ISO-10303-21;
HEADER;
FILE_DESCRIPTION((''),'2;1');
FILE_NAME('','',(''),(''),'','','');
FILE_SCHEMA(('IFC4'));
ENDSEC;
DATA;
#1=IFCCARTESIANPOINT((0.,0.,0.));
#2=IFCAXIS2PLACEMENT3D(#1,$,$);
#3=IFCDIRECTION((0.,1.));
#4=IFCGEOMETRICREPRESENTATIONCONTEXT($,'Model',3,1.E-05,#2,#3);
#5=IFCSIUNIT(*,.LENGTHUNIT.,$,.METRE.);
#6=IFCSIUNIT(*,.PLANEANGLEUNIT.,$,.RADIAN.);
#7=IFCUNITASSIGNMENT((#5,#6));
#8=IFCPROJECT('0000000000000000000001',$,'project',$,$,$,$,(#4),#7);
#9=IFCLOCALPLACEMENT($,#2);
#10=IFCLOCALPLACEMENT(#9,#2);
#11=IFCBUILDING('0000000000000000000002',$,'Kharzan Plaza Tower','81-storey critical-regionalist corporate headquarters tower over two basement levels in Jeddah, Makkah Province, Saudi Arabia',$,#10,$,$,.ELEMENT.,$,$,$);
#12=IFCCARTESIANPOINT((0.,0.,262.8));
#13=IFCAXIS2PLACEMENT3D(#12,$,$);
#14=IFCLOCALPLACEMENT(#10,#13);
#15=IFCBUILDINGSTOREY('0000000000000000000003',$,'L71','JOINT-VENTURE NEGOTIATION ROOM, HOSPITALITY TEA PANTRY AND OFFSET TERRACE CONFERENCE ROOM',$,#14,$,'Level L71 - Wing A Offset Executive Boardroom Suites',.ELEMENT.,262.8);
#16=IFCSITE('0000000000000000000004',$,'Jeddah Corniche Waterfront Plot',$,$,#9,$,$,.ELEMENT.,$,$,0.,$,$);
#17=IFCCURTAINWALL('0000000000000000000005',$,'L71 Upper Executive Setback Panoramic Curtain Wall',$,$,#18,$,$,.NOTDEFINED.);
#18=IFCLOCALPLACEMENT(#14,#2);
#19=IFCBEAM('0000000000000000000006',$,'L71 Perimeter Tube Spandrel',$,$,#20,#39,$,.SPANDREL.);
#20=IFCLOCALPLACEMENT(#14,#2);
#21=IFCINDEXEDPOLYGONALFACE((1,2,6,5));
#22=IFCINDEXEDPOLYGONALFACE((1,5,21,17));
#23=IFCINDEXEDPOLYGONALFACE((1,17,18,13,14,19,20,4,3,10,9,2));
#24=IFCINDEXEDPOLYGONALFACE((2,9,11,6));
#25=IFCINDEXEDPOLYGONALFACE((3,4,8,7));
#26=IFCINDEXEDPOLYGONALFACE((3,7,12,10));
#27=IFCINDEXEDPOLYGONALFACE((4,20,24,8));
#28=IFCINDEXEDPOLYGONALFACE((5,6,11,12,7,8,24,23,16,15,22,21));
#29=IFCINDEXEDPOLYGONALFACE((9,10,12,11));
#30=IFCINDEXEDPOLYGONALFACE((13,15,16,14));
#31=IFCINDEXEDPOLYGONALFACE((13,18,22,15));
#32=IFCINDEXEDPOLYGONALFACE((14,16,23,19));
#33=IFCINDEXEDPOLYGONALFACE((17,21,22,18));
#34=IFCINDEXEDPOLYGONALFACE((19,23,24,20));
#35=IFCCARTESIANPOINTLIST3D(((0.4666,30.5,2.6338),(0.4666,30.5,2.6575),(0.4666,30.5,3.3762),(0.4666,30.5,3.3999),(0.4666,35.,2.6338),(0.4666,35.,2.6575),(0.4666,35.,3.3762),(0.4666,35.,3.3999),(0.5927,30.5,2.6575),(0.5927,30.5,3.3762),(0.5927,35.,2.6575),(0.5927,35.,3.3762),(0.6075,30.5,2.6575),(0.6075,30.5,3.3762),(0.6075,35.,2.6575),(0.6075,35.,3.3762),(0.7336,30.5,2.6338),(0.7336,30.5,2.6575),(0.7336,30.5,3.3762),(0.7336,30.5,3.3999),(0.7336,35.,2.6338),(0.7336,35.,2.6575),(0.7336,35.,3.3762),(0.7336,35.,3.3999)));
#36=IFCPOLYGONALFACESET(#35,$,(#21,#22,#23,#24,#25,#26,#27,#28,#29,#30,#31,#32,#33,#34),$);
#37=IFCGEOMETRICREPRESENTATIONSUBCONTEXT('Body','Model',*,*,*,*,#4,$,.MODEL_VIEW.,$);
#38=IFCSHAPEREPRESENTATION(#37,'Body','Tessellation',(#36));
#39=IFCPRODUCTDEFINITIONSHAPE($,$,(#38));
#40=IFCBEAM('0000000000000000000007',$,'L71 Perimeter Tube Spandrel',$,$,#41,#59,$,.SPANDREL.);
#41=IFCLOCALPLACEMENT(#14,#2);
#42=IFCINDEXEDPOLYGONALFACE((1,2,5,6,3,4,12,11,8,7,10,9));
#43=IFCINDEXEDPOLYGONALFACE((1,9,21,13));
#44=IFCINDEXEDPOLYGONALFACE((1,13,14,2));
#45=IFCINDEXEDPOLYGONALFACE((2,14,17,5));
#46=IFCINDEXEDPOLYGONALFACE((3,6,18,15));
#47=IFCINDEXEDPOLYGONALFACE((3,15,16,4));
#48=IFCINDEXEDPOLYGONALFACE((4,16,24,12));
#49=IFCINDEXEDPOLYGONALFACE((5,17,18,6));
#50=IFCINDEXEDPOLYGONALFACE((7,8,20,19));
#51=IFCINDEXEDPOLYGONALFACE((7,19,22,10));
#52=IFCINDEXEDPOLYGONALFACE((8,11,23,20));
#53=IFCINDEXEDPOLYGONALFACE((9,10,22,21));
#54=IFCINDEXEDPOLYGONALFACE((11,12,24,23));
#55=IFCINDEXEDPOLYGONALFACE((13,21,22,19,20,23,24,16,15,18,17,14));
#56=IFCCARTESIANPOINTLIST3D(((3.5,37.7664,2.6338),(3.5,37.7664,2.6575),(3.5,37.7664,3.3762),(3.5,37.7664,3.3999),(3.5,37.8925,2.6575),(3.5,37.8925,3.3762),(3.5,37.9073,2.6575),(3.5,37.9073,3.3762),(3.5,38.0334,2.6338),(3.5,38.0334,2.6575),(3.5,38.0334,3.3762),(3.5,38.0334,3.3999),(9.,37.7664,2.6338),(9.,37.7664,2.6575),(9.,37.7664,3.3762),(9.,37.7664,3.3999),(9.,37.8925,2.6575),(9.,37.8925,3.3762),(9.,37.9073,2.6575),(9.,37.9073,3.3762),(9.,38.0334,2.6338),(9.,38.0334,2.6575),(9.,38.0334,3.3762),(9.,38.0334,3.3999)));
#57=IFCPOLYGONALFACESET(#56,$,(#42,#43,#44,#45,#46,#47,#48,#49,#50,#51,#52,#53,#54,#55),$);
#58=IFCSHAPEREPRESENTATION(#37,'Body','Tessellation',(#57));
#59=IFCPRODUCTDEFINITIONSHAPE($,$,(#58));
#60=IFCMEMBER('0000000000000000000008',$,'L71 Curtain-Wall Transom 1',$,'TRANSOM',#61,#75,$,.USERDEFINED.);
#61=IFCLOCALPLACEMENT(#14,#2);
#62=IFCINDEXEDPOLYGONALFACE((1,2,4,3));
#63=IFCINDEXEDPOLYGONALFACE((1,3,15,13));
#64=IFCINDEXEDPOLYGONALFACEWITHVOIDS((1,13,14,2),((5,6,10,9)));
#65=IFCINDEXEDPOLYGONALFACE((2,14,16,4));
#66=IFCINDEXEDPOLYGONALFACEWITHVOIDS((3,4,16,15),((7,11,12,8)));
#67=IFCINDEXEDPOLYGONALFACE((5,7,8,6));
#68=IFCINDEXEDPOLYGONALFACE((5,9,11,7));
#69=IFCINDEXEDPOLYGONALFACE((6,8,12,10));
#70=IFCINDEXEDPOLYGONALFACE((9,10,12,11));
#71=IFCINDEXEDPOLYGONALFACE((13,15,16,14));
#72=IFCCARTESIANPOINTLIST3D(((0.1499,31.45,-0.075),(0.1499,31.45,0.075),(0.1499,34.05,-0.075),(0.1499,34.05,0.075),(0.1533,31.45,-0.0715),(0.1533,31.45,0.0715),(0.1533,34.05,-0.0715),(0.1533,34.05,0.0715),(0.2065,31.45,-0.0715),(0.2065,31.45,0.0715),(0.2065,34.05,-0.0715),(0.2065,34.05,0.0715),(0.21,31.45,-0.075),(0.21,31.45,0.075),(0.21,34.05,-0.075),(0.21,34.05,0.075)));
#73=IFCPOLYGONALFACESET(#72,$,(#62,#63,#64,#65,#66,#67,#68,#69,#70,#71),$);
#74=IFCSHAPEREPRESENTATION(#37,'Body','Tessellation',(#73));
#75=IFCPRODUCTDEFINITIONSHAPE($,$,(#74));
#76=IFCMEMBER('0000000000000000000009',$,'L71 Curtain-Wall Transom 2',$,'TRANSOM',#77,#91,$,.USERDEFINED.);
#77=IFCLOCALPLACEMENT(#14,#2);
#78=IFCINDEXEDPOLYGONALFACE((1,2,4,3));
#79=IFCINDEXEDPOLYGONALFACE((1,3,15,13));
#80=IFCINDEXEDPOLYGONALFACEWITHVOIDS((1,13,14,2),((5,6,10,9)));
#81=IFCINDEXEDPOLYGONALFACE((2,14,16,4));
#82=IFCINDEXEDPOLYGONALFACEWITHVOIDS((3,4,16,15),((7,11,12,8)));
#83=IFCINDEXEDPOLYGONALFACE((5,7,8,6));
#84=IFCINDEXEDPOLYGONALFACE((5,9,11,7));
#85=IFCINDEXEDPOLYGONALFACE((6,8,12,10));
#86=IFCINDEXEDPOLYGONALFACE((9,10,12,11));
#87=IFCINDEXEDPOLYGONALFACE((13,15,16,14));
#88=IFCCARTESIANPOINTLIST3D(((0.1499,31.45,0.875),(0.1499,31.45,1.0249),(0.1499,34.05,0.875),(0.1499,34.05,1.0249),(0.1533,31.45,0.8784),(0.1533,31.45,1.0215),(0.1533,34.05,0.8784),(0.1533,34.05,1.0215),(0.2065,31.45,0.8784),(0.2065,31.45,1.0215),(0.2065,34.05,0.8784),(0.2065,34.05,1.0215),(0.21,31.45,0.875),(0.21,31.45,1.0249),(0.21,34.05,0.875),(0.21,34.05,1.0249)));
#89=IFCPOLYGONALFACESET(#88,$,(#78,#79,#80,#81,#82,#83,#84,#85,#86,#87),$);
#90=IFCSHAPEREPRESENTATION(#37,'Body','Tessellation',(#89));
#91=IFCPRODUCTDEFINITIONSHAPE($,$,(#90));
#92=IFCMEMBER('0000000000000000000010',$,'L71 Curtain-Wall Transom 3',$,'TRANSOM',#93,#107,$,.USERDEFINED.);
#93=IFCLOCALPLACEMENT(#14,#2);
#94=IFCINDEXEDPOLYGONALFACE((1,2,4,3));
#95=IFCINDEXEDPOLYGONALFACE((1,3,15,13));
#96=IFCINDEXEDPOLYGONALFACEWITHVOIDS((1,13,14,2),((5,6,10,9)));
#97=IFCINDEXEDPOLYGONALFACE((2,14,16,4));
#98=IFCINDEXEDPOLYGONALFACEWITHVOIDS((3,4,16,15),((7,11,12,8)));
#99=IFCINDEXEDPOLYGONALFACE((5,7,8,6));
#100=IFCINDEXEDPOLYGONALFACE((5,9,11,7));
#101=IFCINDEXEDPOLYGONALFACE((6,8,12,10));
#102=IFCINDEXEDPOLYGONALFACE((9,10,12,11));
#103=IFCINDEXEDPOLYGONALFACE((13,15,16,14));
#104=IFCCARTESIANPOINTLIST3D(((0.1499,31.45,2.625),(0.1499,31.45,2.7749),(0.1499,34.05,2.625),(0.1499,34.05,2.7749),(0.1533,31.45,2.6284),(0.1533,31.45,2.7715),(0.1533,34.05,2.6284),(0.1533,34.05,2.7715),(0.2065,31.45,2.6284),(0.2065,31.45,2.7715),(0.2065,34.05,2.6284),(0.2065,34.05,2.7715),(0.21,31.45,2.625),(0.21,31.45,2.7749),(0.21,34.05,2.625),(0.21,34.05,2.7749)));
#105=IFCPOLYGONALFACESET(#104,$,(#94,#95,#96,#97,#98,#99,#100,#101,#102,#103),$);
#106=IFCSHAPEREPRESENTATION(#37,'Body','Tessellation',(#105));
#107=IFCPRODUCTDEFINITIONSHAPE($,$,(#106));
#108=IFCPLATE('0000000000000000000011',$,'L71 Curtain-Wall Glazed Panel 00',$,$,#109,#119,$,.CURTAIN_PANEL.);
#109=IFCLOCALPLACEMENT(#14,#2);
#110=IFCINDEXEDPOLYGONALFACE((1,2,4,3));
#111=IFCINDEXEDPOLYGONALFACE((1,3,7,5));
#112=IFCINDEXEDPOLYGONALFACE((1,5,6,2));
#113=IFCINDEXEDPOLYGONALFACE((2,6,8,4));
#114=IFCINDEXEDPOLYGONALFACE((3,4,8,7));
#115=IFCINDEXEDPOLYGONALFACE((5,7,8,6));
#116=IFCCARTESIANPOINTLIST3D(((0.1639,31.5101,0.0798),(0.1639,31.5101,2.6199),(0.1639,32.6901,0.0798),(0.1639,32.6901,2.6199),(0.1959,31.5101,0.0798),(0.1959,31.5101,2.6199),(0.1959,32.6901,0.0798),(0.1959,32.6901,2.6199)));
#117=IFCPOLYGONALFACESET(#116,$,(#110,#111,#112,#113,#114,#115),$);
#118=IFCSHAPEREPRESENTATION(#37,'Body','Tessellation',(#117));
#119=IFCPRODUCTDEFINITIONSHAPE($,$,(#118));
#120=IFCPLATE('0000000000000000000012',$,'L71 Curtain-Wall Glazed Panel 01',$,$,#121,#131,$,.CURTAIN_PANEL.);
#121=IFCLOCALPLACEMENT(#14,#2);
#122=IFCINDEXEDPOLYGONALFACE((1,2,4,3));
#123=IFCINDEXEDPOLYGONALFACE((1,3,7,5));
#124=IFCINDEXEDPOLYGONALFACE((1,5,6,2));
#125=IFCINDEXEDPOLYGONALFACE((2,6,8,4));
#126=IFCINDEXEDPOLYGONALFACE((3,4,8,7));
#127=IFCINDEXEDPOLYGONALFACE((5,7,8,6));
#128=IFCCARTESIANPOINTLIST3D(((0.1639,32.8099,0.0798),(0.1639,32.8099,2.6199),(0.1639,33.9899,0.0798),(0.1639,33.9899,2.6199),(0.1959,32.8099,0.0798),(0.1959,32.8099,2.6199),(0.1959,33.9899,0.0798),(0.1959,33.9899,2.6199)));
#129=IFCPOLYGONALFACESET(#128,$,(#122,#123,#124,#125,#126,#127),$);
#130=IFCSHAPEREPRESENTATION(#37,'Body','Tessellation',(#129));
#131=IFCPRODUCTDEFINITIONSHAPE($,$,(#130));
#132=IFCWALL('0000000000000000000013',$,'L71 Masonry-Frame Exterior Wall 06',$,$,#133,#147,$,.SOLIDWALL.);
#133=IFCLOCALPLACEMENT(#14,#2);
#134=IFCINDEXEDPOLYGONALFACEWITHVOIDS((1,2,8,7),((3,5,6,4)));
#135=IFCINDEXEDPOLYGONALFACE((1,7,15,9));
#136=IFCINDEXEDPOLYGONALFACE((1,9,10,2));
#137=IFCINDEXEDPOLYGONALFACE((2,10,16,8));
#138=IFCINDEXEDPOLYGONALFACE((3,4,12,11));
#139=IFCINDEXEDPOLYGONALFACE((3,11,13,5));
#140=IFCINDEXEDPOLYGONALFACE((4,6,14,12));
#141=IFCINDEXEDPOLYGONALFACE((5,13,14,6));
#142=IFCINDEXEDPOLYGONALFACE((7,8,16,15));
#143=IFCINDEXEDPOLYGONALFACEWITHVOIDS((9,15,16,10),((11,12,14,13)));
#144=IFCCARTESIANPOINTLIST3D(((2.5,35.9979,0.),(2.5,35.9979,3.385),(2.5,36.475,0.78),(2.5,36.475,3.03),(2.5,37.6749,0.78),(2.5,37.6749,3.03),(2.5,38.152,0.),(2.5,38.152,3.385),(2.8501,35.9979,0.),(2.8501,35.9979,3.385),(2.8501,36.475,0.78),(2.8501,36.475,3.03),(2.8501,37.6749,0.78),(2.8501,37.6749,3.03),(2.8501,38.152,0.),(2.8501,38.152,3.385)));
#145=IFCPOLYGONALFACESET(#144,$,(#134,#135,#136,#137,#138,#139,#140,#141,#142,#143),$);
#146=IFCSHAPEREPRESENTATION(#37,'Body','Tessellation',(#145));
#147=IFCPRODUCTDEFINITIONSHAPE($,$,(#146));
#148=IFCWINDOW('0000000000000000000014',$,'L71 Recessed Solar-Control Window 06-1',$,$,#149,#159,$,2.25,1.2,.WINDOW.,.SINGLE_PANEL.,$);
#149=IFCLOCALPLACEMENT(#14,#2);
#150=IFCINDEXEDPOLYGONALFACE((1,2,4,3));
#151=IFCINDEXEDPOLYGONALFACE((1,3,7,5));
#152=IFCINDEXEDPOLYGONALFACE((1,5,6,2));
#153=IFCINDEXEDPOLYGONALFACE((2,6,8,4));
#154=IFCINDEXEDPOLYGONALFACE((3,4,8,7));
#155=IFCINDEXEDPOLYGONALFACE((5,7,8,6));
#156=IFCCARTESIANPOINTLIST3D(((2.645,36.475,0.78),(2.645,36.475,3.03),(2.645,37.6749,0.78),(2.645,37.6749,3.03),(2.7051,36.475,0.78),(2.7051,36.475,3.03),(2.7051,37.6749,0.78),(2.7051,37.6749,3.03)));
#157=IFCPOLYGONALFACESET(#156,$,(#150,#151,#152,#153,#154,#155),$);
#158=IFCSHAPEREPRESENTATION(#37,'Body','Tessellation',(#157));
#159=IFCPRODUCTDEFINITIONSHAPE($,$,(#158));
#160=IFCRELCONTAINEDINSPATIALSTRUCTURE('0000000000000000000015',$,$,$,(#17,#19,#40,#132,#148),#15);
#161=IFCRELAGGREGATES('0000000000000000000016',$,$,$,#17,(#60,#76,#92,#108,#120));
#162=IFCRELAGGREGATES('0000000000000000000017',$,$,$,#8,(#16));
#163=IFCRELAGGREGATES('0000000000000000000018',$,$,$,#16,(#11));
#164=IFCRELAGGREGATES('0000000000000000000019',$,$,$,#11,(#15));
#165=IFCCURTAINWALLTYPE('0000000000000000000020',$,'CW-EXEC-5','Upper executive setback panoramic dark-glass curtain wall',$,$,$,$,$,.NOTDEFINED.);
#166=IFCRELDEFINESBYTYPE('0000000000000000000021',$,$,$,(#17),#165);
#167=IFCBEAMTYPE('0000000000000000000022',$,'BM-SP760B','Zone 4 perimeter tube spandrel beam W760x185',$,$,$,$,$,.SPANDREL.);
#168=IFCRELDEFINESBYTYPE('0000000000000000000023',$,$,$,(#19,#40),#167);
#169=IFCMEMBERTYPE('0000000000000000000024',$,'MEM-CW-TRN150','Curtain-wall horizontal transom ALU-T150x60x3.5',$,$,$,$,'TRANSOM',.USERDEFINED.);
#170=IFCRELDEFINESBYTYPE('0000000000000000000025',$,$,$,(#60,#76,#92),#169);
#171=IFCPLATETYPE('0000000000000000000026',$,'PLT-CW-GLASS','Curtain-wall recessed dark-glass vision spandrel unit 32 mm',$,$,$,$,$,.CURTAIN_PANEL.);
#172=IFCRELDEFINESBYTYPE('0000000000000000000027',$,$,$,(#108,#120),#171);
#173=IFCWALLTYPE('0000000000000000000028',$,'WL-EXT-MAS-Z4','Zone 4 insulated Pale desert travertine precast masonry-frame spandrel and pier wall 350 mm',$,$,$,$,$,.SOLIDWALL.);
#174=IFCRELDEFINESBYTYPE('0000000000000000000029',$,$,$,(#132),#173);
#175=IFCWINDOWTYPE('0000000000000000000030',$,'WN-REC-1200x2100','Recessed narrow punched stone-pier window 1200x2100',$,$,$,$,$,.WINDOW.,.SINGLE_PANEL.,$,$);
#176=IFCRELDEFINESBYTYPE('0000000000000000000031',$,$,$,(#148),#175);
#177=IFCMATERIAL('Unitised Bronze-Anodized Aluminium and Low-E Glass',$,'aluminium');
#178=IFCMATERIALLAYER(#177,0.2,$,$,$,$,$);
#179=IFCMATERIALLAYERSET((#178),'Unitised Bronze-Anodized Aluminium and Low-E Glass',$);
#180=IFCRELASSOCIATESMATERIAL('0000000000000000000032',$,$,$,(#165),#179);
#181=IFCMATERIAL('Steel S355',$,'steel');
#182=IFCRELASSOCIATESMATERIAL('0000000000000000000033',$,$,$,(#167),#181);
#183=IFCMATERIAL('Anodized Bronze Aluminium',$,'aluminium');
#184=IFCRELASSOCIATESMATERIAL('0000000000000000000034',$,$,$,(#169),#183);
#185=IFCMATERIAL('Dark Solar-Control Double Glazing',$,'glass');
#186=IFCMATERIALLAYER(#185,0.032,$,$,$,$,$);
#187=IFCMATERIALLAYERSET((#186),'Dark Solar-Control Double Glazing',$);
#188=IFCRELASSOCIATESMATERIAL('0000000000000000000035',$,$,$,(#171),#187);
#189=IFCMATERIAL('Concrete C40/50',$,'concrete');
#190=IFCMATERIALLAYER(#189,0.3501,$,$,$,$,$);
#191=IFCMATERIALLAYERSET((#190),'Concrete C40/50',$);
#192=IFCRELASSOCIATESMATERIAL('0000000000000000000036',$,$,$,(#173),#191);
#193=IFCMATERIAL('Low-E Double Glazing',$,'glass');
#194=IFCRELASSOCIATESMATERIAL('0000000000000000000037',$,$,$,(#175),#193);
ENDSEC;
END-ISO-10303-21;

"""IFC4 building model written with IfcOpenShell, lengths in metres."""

from ifc_helpers import new_model, si_unit, direction, frame, frame_2d, origin, origin_2d, place, context, subcontext, project, spatial, rectangle, hollow_rectangle, i_section, extrude, source, transform, mapped, material, layer, layer_set, material_profile, profile_set, type_object, element, fill, aggregate, save


model = new_model("IFC4")

# Units and contexts
model_context = context("Model", 3, precision=1e-05, world=origin(), true_north=direction((0.0, 1.0)))
body_context = subcontext(model_context, "Body", "Model", "MODEL_VIEW")
ifc_project = project(units=[si_unit("LENGTHUNIT", "METRE"), si_unit("PLANEANGLEUNIT", "RADIAN")], contexts=[model_context])

# Site, building, storey
site_placement = place(None, origin())
site = spatial("IfcSite", under=ifc_project, at=site_placement, Name="Jeddah Corniche Waterfront Plot", CompositionType="ELEMENT", RefElevation=0.0)
building_placement = place(site_placement, origin())
building = spatial("IfcBuilding", under=site, at=building_placement, Name="Kharzan Plaza Tower", Description="81-storey critical-regionalist corporate headquarters tower over two basement levels in Jeddah, Makkah Province, Saudi Arabia", CompositionType="ELEMENT")
storey_placement = place(building_placement, frame((0.0, 0.0, 262.8)))
storey = spatial("IfcBuildingStorey", under=building, at=storey_placement, Name="L71", Description="JOINT-VENTURE NEGOTIATION ROOM, HOSPITALITY TEA PANTRY AND OFFSET TERRACE CONFERENCE ROOM", LongName="Level L71 - Wing A Offset Executive Boardroom Suites", CompositionType="ELEMENT", Elevation=262.8)

# Shared definitions
ifc_material_1 = material(Name="Steel S355", Category="steel")

# Curtain wall
ifc_material_2 = material(Name="Unitised Bronze-Anodized Aluminium and Low-E Glass", Category="aluminium")
ifc_layer_1 = layer(ifc_material_2, 0.2)
ifc_layer_set_1 = layer_set([ifc_layer_1], Name="Unitised Bronze-Anodized Aluminium and Low-E Glass")
curtain_wall_type = type_object("IfcCurtainWallType", Name="CW-EXEC-5", Description="Upper executive setback panoramic dark-glass curtain wall", PredefinedType="NOTDEFINED", material=ifc_layer_set_1)
curtain_wall_placement = place(storey_placement, origin())
curtain_wall = element("IfcCurtainWall", 1, at=curtain_wall_placement, inside=storey, type_object=curtain_wall_type, Name="L71 Upper Executive Setback Panoramic Curtain Wall", PredefinedType="NOTDEFINED")
ifc_material_3 = material(Name="Anodized Bronze Aluminium", Category="aluminium")

# Beams
ifc_material_profile_1 = material_profile(ifc_material_1, i_section(OverallWidth=0.2671, OverallDepth=0.7661, WebThickness=0.0149, FlangeThickness=0.0237, at=origin_2d()), Name="W760x185")
ifc_profile_set_1 = profile_set([ifc_material_profile_1], Name="Steel S355")
beam_type_1 = type_object("IfcBeamType", Name="BM-SP760B", Description="Zone 4 perimeter tube spandrel beam W760x185", PredefinedType="SPANDREL", material=ifc_profile_set_1)
shared_shape_1 = source(origin(), body_context, "Body", "SweptSolid", [
    extrude(i_section(OverallWidth=0.2671, OverallDepth=0.7661, WebThickness=0.0149, FlangeThickness=0.0237, at=origin_2d()), origin(), (0.0, 0.0, 1.0), 4.5),
])
beam_1_placement = place(storey_placement, frame((0.6001, 30.5, 3.0168), z_axis=(0.0, 1.0, 0.0), x_axis=(-1.0, 0.0, 0.0)))
element("IfcBeam", 2, at=beam_1_placement, inside=storey, type_object=beam_type_1, Name="L71 Perimeter Tube Spandrel", PredefinedType="SPANDREL", context=body_context, shape_type="MappedRepresentation", body=[
    mapped(shared_shape_1, transform((0.0, 0.0, 0.0), x_axis=(1.0, 0.0, 0.0), y_axis=(0.0, 1.0, 0.0), z_axis=(0.0, 0.0, 1.0))),
])
shared_shape_2 = source(origin(), body_context, "Body", "SweptSolid", [
    extrude(i_section(OverallWidth=0.2671, OverallDepth=0.7661, WebThickness=0.0149, FlangeThickness=0.0237, at=origin_2d()), origin(), (0.0, 0.0, 1.0), 5.5),
])
beam_2_placement = place(storey_placement, frame((3.5, 37.8999, 3.0168), z_axis=(1.0, 0.0, 0.0), x_axis=(0.0, 1.0, 0.0)))
element("IfcBeam", 3, at=beam_2_placement, inside=storey, type_object=beam_type_1, Name="L71 Perimeter Tube Spandrel", PredefinedType="SPANDREL", context=body_context, shape_type="MappedRepresentation", body=[
    mapped(shared_shape_2, transform((0.0, 0.0, 0.0), x_axis=(1.0, 0.0, 0.0), y_axis=(0.0, 1.0, 0.0), z_axis=(0.0, 0.0, 1.0))),
])

# Members
ifc_material_profile_2 = material_profile(ifc_material_3, hollow_rectangle(XDim=0.0601, YDim=0.1499, WallThickness=0.0034, at=origin_2d()), Name="ALU-T150x60x3.5")
ifc_profile_set_2 = profile_set([ifc_material_profile_2], Name="Anodized Bronze Aluminium")
member_type_1 = type_object("IfcMemberType", Name="MEM-CW-TRN150", Description="Curtain-wall horizontal transom ALU-T150x60x3.5", ElementType="TRANSOM", PredefinedType="USERDEFINED", material=ifc_profile_set_2)
shared_shape_3 = source(origin(), body_context, "Body", "SweptSolid", [
    extrude(hollow_rectangle(XDim=0.0601, YDim=0.1499, WallThickness=0.0034, at=origin_2d()), origin(), (0.0, 0.0, 1.0), 2.6001),
])
member_1_placement = place(storey_placement, frame((0.1799, 31.45, 0.0), z_axis=(0.0, 1.0, 0.0), x_axis=(-1.0, 0.0, 0.0)))
member_1 = element("IfcMember", 4, at=member_1_placement, type_object=member_type_1, Name="L71 Curtain-Wall Transom 1", ObjectType="TRANSOM", PredefinedType="USERDEFINED", context=body_context, shape_type="MappedRepresentation", body=[
    mapped(shared_shape_3, transform((0.0, 0.0, 0.0), x_axis=(1.0, 0.0, 0.0), y_axis=(0.0, 1.0, 0.0), z_axis=(0.0, 0.0, 1.0))),
])
member_2_placement = place(storey_placement, frame((0.1799, 31.45, 0.95), z_axis=(0.0, 1.0, 0.0), x_axis=(-1.0, 0.0, 0.0)))
member_2 = element("IfcMember", 5, at=member_2_placement, type_object=member_type_1, Name="L71 Curtain-Wall Transom 2", ObjectType="TRANSOM", PredefinedType="USERDEFINED", context=body_context, shape_type="MappedRepresentation", body=[
    mapped(shared_shape_3, transform((0.0, 0.0, 0.0), x_axis=(1.0, 0.0, 0.0), y_axis=(0.0, 1.0, 0.0), z_axis=(0.0, 0.0, 1.0))),
])
member_3_placement = place(storey_placement, frame((0.1799, 31.45, 2.7), z_axis=(0.0, 1.0, 0.0), x_axis=(-1.0, 0.0, 0.0)))
member_3 = element("IfcMember", 6, at=member_3_placement, type_object=member_type_1, Name="L71 Curtain-Wall Transom 3", ObjectType="TRANSOM", PredefinedType="USERDEFINED", context=body_context, shape_type="MappedRepresentation", body=[
    mapped(shared_shape_3, transform((0.0, 0.0, 0.0), x_axis=(1.0, 0.0, 0.0), y_axis=(0.0, 1.0, 0.0), z_axis=(0.0, 0.0, 1.0))),
])

# Plates
ifc_material_4 = material(Name="Dark Solar-Control Double Glazing", Category="glass")
ifc_layer_2 = layer(ifc_material_4, 0.032)
ifc_layer_set_2 = layer_set([ifc_layer_2], Name="Dark Solar-Control Double Glazing")
plate_type = type_object("IfcPlateType", Name="PLT-CW-GLASS", Description="Curtain-wall recessed dark-glass vision spandrel unit 32 mm", PredefinedType="CURTAIN_PANEL", material=ifc_layer_set_2)
shared_shape_4 = source(origin(), body_context, "Body", "SweptSolid", [
    extrude(rectangle(XDim=1.1799, YDim=0.032, at=origin_2d()), origin(), (0.0, 0.0, 1.0), 2.54),
])
plate_1_placement = place(storey_placement, frame((0.1799, 32.1001, 0.0798), z_axis=(0.0, 0.0, 1.0), x_axis=(0.0, 1.0, 0.0)))
plate_1 = element("IfcPlate", 7, at=plate_1_placement, type_object=plate_type, Name="L71 Curtain-Wall Glazed Panel 00", PredefinedType="CURTAIN_PANEL", context=body_context, shape_type="MappedRepresentation", body=[
    mapped(shared_shape_4, transform((0.0, 0.0, 0.0), x_axis=(1.0, 0.0, 0.0), y_axis=(0.0, 1.0, 0.0), z_axis=(0.0, 0.0, 1.0))),
])
plate_2_placement = place(storey_placement, frame((0.1799, 33.3999, 0.0798), z_axis=(0.0, 0.0, 1.0), x_axis=(0.0, 1.0, 0.0)))
plate_2 = element("IfcPlate", 8, at=plate_2_placement, type_object=plate_type, Name="L71 Curtain-Wall Glazed Panel 01", PredefinedType="CURTAIN_PANEL", context=body_context, shape_type="MappedRepresentation", body=[
    mapped(shared_shape_4, transform((0.0, 0.0, 0.0), x_axis=(1.0, 0.0, 0.0), y_axis=(0.0, 1.0, 0.0), z_axis=(0.0, 0.0, 1.0))),
])
aggregate(curtain_wall, [member_1, member_2, member_3, plate_1, plate_2])

# Wall, opening, window
ifc_material_5 = material(Name="Concrete C40/50", Category="concrete")
ifc_layer_3 = layer(ifc_material_5, 0.3501)
ifc_layer_set_3 = layer_set([ifc_layer_3], Name="Concrete C40/50")
wall_type_1 = type_object("IfcWallType", Name="WL-EXT-MAS-Z4", Description="Zone 4 insulated Pale desert travertine precast masonry-frame spandrel and pier wall 350 mm", PredefinedType="SOLIDWALL", material=ifc_layer_set_3)
wall_1_placement = place(storey_placement, frame((2.675, 38.1521, 0.0), z_axis=(0.0, 0.0, 1.0), x_axis=(0.0, -1.0, 0.0)))
wall_1 = element("IfcWall", 9, at=wall_1_placement, inside=storey, type_object=wall_type_1, Name="L71 Masonry-Frame Exterior Wall 06", PredefinedType="SOLIDWALL", context=body_context, shape_type="SweptSolid", body=[
    extrude(rectangle(XDim=2.1541, YDim=0.3501, at=frame_2d((1.0771, 0.0))), origin(), (0.0, 0.0, 1.0), 3.385),
])
opening_1_placement = place(wall_1_placement, frame((0.4771, 0.0, 0.78)))
opening_1 = element("IfcOpeningElement", 10, at=opening_1_placement, cuts=wall_1, PredefinedType="OPENING", context=body_context, shape_type="SweptSolid", body=[
    extrude(rectangle(XDim=1.2, YDim=2.25, at=frame_2d((0.6001, 1.125))), frame((0.0, 0.1851, 0.0), z_axis=(0.0, -1.0, 0.0), x_axis=(1.0, 0.0, 0.0)), (0.0, 0.0, 1.0), 0.3701),
])
ifc_material_6 = material(Name="Low-E Double Glazing", Category="glass")
window_type = type_object("IfcWindowType", Name="WN-REC-1200x2100", Description="Recessed narrow punched stone-pier window 1200x2100", PartitioningType="SINGLE_PANEL", PredefinedType="WINDOW", material=ifc_material_6)
shared_shape_5 = source(origin(), body_context, "Body", "SweptSolid", [
    extrude(rectangle(XDim=1.2, YDim=2.25, at=frame_2d((0.6001, 1.125))), frame((0.0, 0.03, 0.0), z_axis=(0.0, -1.0, 0.0), x_axis=(1.0, 0.0, 0.0)), (0.0, 0.0, 1.0), 0.0601),
])
window_1_placement = place(opening_1_placement, origin())
window_1 = element("IfcWindow", 11, at=window_1_placement, inside=storey, type_object=window_type, Name="L71 Recessed Solar-Control Window 06-1", OverallHeight=2.25, OverallWidth=1.2, PartitioningType="SINGLE_PANEL", PredefinedType="WINDOW", context=body_context, shape_type="MappedRepresentation", body=[
    mapped(shared_shape_5, transform((0.0, 0.0, 0.0), x_axis=(1.0, 0.0, 0.0), y_axis=(0.0, 1.0, 0.0), z_axis=(0.0, 0.0, 1.0))),
])
fill(opening_1, window_1)

save(model, "model.ifc")
